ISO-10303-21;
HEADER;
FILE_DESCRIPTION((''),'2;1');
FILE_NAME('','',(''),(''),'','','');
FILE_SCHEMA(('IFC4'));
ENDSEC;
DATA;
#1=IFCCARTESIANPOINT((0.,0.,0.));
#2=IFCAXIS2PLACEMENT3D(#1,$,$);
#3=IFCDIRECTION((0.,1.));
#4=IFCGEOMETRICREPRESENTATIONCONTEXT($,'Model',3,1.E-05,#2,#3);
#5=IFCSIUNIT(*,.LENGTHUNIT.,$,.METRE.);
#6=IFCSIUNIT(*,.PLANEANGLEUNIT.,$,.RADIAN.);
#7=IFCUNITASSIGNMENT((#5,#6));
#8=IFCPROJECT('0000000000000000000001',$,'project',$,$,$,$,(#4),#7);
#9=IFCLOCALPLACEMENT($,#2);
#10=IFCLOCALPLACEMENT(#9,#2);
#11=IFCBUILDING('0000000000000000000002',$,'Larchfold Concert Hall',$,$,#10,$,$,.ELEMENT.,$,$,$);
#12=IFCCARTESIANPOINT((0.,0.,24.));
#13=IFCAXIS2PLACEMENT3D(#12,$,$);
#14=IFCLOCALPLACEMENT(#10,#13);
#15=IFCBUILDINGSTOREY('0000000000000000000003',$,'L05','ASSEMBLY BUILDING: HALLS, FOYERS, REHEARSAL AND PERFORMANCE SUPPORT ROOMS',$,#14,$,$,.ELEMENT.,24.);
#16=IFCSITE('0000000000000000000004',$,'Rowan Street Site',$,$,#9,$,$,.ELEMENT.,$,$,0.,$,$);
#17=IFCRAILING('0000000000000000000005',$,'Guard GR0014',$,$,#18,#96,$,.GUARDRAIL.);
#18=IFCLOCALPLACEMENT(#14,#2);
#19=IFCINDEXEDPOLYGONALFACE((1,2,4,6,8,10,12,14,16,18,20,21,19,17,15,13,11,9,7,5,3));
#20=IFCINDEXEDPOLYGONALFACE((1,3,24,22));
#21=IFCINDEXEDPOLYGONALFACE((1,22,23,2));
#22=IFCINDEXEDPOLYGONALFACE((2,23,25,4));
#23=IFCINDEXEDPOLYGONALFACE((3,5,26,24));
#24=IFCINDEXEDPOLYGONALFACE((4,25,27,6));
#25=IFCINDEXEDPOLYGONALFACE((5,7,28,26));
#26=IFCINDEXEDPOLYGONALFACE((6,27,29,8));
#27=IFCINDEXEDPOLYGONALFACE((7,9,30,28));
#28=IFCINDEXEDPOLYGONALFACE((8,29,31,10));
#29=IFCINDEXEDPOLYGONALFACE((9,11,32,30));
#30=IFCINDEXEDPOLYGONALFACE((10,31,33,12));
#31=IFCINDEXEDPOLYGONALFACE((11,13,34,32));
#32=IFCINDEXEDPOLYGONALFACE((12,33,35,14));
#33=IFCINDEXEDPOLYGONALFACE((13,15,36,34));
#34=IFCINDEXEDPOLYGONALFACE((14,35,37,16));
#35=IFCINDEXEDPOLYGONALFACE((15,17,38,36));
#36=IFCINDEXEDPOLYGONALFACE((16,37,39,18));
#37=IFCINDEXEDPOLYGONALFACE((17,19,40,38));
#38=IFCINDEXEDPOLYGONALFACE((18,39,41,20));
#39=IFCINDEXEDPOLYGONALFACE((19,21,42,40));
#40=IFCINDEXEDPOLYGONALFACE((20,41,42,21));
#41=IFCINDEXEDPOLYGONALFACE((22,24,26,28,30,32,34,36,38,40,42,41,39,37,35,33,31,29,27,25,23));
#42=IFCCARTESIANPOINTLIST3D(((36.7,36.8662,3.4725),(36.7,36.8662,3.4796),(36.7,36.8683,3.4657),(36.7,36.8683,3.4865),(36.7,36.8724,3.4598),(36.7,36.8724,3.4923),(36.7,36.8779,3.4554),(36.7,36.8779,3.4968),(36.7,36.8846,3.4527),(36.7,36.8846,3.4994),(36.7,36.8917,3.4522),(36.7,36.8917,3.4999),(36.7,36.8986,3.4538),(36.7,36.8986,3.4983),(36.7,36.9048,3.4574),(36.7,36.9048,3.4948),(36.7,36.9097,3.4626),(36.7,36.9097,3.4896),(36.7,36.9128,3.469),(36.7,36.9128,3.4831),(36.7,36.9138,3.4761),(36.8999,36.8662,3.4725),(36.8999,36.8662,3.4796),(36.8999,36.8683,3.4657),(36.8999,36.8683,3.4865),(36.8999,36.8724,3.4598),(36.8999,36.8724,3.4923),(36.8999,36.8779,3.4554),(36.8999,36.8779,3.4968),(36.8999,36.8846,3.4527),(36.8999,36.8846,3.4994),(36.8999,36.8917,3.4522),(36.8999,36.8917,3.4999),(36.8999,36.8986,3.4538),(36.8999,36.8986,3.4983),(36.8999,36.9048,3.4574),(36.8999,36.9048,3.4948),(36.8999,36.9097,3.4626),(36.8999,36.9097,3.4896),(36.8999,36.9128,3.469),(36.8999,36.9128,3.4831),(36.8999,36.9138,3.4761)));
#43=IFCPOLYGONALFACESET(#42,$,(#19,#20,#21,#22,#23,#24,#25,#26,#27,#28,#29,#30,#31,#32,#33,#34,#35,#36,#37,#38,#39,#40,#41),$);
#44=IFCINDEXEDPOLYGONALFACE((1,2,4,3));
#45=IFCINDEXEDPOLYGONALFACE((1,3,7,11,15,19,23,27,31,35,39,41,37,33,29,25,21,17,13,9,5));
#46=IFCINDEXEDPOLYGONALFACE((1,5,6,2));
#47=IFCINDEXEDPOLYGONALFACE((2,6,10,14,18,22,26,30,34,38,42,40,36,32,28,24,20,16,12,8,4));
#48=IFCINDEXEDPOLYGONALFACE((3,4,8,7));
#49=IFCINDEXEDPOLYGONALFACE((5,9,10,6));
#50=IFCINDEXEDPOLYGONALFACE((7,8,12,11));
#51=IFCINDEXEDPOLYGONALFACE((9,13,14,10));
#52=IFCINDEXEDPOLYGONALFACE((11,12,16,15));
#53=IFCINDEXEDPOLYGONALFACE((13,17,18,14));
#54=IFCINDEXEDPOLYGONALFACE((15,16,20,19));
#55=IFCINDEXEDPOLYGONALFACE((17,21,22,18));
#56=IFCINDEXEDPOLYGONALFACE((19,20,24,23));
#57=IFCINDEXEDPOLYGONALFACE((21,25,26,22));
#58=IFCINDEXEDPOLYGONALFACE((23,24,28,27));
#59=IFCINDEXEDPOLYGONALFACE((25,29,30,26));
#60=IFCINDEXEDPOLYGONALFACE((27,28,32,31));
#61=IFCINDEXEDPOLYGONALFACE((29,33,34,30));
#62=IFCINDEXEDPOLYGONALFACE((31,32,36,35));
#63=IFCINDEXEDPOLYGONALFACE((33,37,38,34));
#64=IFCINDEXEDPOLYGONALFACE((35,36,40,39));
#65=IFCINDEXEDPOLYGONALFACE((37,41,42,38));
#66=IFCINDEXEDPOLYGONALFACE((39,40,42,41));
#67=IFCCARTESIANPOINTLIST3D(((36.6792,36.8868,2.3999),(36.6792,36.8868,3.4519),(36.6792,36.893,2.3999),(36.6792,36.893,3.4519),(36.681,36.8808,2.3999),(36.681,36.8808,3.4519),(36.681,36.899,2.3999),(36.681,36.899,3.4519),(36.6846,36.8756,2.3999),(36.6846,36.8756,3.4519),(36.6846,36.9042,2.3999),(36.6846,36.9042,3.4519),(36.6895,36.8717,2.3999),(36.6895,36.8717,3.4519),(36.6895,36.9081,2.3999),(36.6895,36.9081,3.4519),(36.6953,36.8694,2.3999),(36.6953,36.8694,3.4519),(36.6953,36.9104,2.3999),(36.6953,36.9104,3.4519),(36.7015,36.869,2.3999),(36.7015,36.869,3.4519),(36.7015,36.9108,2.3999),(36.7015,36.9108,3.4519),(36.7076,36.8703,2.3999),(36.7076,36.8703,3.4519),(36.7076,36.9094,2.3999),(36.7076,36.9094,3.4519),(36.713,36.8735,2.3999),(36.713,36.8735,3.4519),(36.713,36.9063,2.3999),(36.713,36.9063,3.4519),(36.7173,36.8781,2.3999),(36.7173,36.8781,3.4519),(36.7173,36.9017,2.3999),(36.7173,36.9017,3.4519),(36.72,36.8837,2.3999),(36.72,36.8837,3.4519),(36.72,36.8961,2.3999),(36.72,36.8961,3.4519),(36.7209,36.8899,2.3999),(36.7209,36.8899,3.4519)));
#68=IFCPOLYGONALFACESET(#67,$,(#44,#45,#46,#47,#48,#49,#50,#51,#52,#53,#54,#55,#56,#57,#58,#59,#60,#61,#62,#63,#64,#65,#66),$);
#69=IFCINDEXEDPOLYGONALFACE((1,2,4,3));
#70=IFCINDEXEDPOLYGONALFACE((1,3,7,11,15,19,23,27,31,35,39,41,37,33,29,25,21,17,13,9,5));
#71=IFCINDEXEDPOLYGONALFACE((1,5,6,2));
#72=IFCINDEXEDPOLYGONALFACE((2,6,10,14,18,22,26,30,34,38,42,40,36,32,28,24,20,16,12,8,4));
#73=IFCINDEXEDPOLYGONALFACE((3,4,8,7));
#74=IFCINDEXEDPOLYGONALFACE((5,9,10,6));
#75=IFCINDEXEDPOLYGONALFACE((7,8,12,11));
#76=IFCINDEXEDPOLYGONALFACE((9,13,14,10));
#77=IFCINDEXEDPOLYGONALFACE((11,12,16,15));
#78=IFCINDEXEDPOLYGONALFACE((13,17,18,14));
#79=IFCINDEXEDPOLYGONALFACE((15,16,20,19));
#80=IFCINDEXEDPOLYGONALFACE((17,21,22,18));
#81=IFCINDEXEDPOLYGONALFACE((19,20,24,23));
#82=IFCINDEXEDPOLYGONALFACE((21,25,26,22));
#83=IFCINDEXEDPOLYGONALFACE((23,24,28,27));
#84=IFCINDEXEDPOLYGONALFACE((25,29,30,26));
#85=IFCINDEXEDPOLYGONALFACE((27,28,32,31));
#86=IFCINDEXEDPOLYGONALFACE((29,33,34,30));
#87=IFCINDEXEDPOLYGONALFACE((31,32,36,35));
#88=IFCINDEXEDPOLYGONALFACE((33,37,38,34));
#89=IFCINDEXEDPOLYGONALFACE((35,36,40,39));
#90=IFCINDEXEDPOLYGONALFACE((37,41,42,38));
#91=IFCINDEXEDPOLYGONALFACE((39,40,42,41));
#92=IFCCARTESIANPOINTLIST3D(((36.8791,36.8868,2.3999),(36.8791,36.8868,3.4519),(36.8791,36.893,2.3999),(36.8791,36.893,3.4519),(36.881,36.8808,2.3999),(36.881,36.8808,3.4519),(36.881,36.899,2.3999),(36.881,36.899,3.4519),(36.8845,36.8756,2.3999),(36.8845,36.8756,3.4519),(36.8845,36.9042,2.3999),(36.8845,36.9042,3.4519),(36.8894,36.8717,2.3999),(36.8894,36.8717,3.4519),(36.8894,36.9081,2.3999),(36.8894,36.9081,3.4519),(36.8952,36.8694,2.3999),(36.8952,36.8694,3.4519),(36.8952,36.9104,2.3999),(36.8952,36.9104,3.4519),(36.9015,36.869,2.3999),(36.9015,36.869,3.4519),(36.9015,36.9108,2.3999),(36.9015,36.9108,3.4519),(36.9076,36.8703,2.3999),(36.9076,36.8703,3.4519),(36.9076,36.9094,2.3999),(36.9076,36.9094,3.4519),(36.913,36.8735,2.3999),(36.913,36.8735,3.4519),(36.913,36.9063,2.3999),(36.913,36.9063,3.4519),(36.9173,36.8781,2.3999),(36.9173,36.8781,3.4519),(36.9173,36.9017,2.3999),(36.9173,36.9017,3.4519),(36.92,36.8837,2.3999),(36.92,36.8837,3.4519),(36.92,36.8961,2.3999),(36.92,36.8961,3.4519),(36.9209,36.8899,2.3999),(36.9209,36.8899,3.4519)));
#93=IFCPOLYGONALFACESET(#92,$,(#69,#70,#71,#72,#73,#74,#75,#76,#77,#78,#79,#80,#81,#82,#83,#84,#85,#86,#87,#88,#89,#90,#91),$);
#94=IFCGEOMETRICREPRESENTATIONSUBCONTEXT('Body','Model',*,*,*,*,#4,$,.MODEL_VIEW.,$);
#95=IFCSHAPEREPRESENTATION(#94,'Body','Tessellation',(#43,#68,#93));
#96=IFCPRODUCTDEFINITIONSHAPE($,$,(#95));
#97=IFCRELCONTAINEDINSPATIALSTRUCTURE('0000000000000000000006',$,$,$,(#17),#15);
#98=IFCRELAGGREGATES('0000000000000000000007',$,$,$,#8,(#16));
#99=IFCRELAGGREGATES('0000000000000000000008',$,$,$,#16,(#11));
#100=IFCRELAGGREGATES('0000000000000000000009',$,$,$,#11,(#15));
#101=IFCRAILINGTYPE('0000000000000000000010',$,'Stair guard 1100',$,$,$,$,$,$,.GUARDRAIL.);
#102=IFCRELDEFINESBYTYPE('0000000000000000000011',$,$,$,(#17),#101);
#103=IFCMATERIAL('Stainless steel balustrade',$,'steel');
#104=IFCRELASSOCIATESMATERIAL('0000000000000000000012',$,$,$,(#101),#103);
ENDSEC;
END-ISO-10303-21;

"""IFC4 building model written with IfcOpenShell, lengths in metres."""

from ifc_helpers import new_model, si_unit, direction, frame, origin, origin_2d, place, context, subcontext, project, spatial, circle, extrude, material, type_object, element, save


model = new_model("IFC4")

# Units and contexts
model_context = context("Model", 3, precision=1e-05, world=origin(), true_north=direction((0.0, 1.0)))
body_context = subcontext(model_context, "Body", "Model", "MODEL_VIEW")
ifc_project = project(units=[si_unit("LENGTHUNIT", "METRE"), si_unit("PLANEANGLEUNIT", "RADIAN")], contexts=[model_context])

# Site, building, storey
site_placement = place(None, origin())
site = spatial("IfcSite", under=ifc_project, at=site_placement, Name="Rowan Street Site", CompositionType="ELEMENT", RefElevation=0.0)
building_placement = place(site_placement, origin())
building = spatial("IfcBuilding", under=site, at=building_placement, Name="Larchfold Concert Hall", CompositionType="ELEMENT")
storey_placement = place(building_placement, frame((0.0, 0.0, 24.0)))
storey = spatial("IfcBuildingStorey", under=building, at=storey_placement, Name="L05", Description="ASSEMBLY BUILDING: HALLS, FOYERS, REHEARSAL AND PERFORMANCE SUPPORT ROOMS", CompositionType="ELEMENT", Elevation=24.0)

# Railing
ifc_material_1 = material(Name="Stainless steel balustrade", Category="steel")
railing_type_1 = type_object("IfcRailingType", Name="Stair guard 1100", PredefinedType="GUARDRAIL", material=ifc_material_1)
railing_1_placement = place(storey_placement, frame((36.7, 36.8899, 2.3999)))
element("IfcRailing", 1, at=railing_1_placement, inside=storey, type_object=railing_type_1, Name="Guard GR0014", PredefinedType="GUARDRAIL", context=body_context, shape_type="SweptSolid", body=[
    extrude(circle(Radius=0.0239, at=origin_2d()), frame((0.0, 0.0, 1.0762), z_axis=(1.0, 0.0, 0.0), x_axis=(0.0, 1.0, 0.0)), (0.0, 0.0, 1.0), 0.2),
    extrude(circle(Radius=0.021, at=origin_2d()), origin(), (0.0, 0.0, 1.0), 1.052),
    extrude(circle(Radius=0.021, at=origin_2d()), frame((0.2, 0.0, 0.0)), (0.0, 0.0, 1.0), 1.052),
])

save(model, "model.ifc")
